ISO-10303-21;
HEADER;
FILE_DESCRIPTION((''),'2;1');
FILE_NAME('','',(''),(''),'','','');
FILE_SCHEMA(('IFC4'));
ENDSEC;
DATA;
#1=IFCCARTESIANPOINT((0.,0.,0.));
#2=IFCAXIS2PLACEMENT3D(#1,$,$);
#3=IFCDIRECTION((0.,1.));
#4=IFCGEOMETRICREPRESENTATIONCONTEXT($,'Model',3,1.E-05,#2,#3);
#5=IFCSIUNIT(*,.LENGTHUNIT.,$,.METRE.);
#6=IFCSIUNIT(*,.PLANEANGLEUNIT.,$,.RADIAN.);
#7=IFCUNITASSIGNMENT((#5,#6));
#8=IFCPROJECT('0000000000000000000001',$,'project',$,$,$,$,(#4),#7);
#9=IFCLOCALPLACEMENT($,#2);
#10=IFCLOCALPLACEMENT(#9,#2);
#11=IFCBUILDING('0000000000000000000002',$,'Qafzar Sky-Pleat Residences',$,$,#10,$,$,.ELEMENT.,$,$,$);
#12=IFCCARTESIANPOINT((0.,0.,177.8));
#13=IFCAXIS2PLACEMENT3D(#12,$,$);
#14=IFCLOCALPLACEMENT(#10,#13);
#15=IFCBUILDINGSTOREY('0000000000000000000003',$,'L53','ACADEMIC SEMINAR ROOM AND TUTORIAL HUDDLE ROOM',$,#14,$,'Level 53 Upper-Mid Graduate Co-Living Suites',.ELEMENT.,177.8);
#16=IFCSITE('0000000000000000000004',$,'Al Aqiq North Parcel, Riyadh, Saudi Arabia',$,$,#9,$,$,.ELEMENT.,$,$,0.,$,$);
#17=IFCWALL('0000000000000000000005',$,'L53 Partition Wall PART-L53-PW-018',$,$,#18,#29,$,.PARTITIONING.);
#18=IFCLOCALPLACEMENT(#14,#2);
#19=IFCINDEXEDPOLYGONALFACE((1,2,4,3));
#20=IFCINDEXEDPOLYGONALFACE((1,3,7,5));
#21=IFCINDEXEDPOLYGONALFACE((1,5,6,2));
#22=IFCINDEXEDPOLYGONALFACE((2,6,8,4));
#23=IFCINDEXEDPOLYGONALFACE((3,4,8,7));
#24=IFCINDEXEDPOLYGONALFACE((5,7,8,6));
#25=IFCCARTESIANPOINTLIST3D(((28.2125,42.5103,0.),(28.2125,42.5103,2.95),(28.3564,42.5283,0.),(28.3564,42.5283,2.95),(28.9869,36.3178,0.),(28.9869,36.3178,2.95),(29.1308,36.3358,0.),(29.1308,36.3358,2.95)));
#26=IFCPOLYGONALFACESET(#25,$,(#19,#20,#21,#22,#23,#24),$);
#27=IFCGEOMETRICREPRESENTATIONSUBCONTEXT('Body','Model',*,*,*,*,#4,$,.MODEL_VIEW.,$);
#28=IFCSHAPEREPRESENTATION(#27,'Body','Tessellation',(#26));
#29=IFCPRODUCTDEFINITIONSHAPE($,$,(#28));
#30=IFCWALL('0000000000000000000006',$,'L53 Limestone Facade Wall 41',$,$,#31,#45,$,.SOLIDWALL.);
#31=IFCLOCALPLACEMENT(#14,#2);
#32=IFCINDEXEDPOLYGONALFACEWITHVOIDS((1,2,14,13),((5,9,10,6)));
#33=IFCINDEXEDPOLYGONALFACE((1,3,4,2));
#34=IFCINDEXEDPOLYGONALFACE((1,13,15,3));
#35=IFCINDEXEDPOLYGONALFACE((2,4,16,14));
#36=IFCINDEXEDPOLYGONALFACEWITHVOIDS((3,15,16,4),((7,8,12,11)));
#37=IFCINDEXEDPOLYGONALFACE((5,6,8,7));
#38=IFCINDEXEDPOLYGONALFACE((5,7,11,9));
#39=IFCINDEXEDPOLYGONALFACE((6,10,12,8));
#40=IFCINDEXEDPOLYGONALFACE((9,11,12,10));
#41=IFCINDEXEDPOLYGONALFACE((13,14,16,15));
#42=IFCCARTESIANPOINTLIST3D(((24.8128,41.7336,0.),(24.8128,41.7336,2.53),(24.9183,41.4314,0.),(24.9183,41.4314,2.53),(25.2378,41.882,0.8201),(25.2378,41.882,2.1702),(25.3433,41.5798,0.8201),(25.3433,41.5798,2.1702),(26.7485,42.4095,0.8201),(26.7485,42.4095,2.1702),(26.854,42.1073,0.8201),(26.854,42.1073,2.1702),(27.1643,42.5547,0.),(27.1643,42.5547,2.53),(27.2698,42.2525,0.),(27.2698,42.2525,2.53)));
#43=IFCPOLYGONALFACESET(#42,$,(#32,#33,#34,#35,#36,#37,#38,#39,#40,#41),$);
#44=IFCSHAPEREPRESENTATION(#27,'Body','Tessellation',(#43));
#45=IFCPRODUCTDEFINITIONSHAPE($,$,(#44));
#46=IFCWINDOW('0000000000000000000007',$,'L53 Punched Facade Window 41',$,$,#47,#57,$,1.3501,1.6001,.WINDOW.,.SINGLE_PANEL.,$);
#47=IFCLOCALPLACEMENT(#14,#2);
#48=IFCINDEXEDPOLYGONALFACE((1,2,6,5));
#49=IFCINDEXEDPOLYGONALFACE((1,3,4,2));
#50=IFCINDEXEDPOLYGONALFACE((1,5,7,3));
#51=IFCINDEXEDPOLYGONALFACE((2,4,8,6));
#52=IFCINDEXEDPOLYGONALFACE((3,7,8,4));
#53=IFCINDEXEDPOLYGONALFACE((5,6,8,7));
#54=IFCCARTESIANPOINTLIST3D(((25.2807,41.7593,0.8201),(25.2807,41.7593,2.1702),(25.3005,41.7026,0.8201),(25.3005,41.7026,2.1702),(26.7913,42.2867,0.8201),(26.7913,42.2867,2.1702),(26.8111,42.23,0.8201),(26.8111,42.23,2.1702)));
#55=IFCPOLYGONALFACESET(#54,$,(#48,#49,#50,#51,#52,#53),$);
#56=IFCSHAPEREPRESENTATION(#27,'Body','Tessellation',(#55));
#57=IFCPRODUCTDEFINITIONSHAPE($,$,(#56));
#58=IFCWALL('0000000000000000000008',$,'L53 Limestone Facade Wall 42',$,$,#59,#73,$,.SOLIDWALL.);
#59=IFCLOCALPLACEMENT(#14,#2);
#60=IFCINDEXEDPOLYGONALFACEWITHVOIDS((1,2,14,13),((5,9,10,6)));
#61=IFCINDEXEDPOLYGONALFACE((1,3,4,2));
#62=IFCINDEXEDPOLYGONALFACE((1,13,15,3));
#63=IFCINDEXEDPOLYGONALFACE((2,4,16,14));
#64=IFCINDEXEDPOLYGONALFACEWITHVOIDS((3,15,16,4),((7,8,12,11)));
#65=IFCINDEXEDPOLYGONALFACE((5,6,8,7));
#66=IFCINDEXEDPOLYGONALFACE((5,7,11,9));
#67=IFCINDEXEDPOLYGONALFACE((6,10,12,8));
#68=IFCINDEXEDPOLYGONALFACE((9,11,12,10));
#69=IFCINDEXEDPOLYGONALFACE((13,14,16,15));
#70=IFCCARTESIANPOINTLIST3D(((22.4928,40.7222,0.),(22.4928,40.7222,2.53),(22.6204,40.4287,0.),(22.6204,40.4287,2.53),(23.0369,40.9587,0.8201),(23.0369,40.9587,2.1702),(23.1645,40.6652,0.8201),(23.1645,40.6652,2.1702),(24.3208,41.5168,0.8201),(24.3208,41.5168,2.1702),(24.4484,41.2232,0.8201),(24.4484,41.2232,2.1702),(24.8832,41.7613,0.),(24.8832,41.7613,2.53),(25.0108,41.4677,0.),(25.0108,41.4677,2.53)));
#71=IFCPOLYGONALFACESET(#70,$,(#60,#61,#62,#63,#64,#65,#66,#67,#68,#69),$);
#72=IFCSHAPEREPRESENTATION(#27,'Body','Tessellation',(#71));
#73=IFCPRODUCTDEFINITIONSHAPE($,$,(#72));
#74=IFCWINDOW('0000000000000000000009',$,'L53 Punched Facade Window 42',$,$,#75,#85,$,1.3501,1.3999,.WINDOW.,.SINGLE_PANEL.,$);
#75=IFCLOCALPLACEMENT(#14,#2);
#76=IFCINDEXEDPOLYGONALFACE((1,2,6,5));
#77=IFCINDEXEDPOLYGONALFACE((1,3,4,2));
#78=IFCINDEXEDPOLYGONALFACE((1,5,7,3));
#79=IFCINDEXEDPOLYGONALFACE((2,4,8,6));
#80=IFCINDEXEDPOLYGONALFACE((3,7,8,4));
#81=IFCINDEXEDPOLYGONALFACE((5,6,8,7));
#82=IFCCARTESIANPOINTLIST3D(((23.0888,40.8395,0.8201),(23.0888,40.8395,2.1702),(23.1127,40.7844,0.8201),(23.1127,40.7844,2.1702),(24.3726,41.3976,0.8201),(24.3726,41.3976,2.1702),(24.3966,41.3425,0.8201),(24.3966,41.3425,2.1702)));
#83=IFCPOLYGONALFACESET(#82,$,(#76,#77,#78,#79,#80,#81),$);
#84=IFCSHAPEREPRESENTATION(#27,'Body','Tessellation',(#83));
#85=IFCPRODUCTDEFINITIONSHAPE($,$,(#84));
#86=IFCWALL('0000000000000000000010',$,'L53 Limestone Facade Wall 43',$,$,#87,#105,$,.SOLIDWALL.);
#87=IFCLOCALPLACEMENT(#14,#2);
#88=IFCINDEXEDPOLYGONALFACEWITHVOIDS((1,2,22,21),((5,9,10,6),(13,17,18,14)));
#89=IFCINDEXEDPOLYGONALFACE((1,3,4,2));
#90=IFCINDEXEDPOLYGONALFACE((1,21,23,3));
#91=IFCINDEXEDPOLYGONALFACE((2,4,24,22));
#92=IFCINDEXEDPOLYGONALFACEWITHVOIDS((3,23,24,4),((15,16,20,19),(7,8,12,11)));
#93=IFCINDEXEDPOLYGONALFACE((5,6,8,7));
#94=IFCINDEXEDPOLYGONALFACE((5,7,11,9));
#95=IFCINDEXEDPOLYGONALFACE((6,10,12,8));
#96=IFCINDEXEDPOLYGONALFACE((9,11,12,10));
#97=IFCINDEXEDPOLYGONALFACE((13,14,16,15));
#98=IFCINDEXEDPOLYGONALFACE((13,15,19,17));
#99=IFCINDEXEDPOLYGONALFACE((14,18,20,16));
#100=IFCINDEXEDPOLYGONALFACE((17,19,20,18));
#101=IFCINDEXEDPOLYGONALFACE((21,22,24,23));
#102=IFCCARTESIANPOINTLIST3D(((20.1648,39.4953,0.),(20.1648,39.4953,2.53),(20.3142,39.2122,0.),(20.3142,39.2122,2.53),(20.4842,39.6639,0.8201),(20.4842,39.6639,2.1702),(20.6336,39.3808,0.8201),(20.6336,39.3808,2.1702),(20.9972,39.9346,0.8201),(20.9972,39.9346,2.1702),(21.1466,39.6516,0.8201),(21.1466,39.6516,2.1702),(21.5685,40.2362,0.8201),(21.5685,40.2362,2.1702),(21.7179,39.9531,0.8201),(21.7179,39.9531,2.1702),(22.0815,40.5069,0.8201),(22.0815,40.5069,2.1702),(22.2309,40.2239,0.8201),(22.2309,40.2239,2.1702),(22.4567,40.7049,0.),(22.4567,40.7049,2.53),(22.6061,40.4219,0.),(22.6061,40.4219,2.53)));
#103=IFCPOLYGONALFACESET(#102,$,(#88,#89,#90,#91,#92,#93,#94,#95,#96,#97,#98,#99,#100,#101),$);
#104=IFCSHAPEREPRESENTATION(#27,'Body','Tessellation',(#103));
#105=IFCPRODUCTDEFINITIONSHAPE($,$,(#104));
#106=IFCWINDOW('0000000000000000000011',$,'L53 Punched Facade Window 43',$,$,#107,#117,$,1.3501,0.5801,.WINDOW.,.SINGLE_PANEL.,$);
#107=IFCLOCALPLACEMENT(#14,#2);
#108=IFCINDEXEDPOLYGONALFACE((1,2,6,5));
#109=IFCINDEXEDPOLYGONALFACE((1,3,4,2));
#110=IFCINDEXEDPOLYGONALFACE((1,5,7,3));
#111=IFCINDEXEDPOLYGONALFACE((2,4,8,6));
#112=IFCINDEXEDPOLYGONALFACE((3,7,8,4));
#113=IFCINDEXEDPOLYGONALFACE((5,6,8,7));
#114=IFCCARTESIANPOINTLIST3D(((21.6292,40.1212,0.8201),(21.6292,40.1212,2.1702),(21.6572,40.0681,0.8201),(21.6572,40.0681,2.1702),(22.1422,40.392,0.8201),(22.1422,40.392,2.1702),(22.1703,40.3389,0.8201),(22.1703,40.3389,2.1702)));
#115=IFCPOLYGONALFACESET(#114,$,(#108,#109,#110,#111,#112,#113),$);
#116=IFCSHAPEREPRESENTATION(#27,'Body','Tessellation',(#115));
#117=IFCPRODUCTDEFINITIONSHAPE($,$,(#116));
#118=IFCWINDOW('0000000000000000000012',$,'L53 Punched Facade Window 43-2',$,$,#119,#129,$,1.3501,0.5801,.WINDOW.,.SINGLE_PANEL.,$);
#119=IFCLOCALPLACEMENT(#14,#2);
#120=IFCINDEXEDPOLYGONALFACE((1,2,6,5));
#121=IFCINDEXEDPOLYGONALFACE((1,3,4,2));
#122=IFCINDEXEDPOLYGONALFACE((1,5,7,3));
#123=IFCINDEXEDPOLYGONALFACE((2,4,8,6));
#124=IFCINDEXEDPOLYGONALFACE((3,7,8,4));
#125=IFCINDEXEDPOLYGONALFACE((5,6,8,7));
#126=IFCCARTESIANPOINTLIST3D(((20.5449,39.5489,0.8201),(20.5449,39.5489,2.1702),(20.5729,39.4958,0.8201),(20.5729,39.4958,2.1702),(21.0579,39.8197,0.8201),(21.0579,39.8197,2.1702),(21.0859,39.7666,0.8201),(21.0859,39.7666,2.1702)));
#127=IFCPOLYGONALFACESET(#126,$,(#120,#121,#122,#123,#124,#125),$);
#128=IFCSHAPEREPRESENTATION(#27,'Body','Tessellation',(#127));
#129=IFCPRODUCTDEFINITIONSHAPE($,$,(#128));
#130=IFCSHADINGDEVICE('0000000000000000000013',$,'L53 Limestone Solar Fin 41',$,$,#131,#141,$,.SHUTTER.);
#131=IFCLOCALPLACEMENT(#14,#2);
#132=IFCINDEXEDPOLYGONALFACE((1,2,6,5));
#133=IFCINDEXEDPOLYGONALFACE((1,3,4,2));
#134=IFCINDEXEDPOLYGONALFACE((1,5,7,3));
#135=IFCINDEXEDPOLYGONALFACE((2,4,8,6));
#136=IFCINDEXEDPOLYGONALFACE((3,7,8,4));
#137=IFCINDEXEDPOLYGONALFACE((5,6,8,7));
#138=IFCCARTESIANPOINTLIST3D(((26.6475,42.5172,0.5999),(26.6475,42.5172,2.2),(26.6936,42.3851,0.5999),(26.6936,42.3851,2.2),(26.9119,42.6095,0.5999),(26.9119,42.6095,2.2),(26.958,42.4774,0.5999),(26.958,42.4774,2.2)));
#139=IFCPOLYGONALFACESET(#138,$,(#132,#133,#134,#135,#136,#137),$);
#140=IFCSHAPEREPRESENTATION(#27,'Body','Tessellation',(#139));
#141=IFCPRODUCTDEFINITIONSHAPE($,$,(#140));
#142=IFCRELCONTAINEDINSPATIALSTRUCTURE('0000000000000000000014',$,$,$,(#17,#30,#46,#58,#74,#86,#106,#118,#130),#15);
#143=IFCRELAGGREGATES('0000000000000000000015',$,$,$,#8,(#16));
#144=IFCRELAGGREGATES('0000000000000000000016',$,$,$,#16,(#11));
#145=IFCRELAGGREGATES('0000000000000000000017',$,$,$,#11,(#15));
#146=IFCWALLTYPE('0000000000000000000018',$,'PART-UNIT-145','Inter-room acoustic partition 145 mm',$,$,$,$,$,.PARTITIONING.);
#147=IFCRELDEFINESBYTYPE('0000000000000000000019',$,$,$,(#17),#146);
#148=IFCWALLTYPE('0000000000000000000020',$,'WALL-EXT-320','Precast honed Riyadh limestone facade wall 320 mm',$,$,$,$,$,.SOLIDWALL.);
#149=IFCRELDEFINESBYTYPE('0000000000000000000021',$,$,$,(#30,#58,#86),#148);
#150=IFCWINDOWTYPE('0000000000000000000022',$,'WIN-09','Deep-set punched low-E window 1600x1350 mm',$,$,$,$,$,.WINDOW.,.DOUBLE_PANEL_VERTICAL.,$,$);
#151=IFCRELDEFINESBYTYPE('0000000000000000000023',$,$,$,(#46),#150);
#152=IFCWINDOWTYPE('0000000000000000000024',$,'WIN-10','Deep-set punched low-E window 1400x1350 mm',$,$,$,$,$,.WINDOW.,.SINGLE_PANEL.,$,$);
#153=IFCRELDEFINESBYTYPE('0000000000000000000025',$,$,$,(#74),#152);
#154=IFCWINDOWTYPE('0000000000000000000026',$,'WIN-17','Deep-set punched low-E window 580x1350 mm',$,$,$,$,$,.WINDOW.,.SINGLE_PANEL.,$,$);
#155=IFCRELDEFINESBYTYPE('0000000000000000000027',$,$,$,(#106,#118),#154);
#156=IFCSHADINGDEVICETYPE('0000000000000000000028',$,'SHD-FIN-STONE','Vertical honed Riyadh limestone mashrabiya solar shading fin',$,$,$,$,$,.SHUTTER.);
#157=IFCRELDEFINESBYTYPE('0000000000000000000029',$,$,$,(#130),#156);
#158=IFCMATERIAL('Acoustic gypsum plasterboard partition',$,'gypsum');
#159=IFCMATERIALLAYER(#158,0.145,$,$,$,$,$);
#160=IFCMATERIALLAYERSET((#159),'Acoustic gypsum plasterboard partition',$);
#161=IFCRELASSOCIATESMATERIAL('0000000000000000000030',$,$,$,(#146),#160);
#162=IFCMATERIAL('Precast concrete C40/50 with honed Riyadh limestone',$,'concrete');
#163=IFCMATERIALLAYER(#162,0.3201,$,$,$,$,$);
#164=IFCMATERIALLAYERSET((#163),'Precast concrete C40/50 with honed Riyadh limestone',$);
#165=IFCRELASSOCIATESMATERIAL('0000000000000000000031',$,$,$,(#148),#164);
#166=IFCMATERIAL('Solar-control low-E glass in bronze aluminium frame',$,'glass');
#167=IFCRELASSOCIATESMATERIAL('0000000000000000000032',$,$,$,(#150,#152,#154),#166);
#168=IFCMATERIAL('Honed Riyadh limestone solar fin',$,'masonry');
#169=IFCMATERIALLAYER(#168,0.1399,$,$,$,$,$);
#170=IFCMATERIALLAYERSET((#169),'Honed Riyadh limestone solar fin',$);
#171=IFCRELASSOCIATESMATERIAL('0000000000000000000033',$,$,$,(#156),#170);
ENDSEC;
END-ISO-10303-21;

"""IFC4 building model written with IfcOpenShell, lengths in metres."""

from ifc_helpers import new_model, si_unit, direction, frame, frame_2d, origin, origin_2d, place, context, subcontext, project, spatial, rectangle, extrude, source, transform, mapped, material, layer, layer_set, type_object, element, fill, save


model = new_model("IFC4")

# Units and contexts
model_context = context("Model", 3, precision=1e-05, world=origin(), true_north=direction((0.0, 1.0)))
body_context = subcontext(model_context, "Body", "Model", "MODEL_VIEW")
ifc_project = project(units=[si_unit("LENGTHUNIT", "METRE"), si_unit("PLANEANGLEUNIT", "RADIAN")], contexts=[model_context])

# Site, building, storey
site_placement = place(None, origin())
site = spatial("IfcSite", under=ifc_project, at=site_placement, Name="Al Aqiq North Parcel, Riyadh, Saudi Arabia", CompositionType="ELEMENT", RefElevation=0.0)
building_placement = place(site_placement, origin())
building = spatial("IfcBuilding", under=site, at=building_placement, Name="Qafzar Sky-Pleat Residences", CompositionType="ELEMENT")
storey_placement = place(building_placement, frame((0.0, 0.0, 177.8)))
storey = spatial("IfcBuildingStorey", under=building, at=storey_placement, Name="L53", Description="ACADEMIC SEMINAR ROOM AND TUTORIAL HUDDLE ROOM", LongName="Level 53 Upper-Mid Graduate Co-Living Suites", CompositionType="ELEMENT", Elevation=177.8)

# Wall
ifc_material_1 = material(Name="Acoustic gypsum plasterboard partition", Category="gypsum")
ifc_layer_1 = layer(ifc_material_1, 0.145)
ifc_layer_set_1 = layer_set([ifc_layer_1], Name="Acoustic gypsum plasterboard partition")
wall_type_1 = type_object("IfcWallType", Name="PART-UNIT-145", Description="Inter-room acoustic partition 145 mm", PredefinedType="PARTITIONING", material=ifc_layer_set_1)
wall_1_placement = place(storey_placement, frame((28.2844, 42.5193, 0.0), z_axis=(0.0, 0.0, 1.0), x_axis=(0.124093, -0.992271, 0.0)))
element("IfcWall", 1, at=wall_1_placement, inside=storey, type_object=wall_type_1, Name="L53 Partition Wall PART-L53-PW-018", PredefinedType="PARTITIONING", context=body_context, shape_type="SweptSolid", body=[
    extrude(rectangle(XDim=6.2407, YDim=0.145, at=frame_2d((3.1204, 0.0))), origin(), (0.0, 0.0, 1.0), 2.95),
])

# Walls, openings, windows
ifc_material_2 = material(Name="Precast concrete C40/50 with honed Riyadh limestone", Category="concrete")
ifc_layer_2 = layer(ifc_material_2, 0.3201)
ifc_layer_set_2 = layer_set([ifc_layer_2], Name="Precast concrete C40/50 with honed Riyadh limestone")
wall_type_2 = type_object("IfcWallType", Name="WALL-EXT-320", Description="Precast honed Riyadh limestone facade wall 320 mm", PredefinedType="SOLIDWALL", material=ifc_layer_set_2)
wall_2_placement = place(storey_placement, frame((27.217, 42.4036, 0.0), z_axis=(0.0, 0.0, 1.0), x_axis=(-0.944109, -0.329634, 0.0)))
wall_2 = element("IfcWall", 2, at=wall_2_placement, inside=storey, type_object=wall_type_2, Name="L53 Limestone Facade Wall 41", PredefinedType="SOLIDWALL", context=body_context, shape_type="SweptSolid", body=[
    extrude(rectangle(XDim=2.4907, YDim=0.3201, at=frame_2d((1.2454, 0.0))), origin(), (0.0, 0.0, 1.0), 2.53),
])
opening_1_placement = place(wall_2_placement, frame((0.4404, 0.0, 0.8201)))
opening_1 = element("IfcOpeningElement", 3, at=opening_1_placement, cuts=wall_2, PredefinedType="OPENING", context=body_context, shape_type="SweptSolid", body=[
    extrude(rectangle(XDim=1.6001, YDim=1.3501, at=frame_2d((0.8, 0.675))), frame((0.0, 0.1699, 0.0), z_axis=(0.0, -1.0, 0.0), x_axis=(1.0, 0.0, 0.0)), (0.0, 0.0, 1.0), 0.3401),
])
ifc_material_3 = material(Name="Solar-control low-E glass in bronze aluminium frame", Category="glass")
window_type_1 = type_object("IfcWindowType", Name="WIN-09", Description="Deep-set punched low-E window 1600x1350 mm", PartitioningType="DOUBLE_PANEL_VERTICAL", PredefinedType="WINDOW", material=ifc_material_3)
shared_shape_1 = source(origin(), body_context, "Body", "SweptSolid", [
    extrude(rectangle(XDim=1.6001, YDim=1.3501, at=frame_2d((0.8, 0.675))), frame((0.0, 0.03, 0.0), z_axis=(0.0, -1.0, 0.0), x_axis=(1.0, 0.0, 0.0)), (0.0, 0.0, 1.0), 0.0601),
])
window_1_placement = place(opening_1_placement, origin())
window_1 = element("IfcWindow", 4, at=window_1_placement, inside=storey, type_object=window_type_1, Name="L53 Punched Facade Window 41", OverallHeight=1.3501, OverallWidth=1.6001, PartitioningType="SINGLE_PANEL", PredefinedType="WINDOW", context=body_context, shape_type="MappedRepresentation", body=[
    mapped(shared_shape_1, transform((0.0, 0.0, 0.0), x_axis=(1.0, 0.0, 0.0), y_axis=(0.0, 1.0, 0.0), z_axis=(0.0, 0.0, 1.0), scale=1.0)),
])
fill(opening_1, window_1)
wall_3_placement = place(storey_placement, frame((24.947, 41.6145, 0.0), z_axis=(0.0, 0.0, 1.0), x_axis=(-0.917103, -0.398651, 0.0)))
wall_3 = element("IfcWall", 5, at=wall_3_placement, inside=storey, type_object=wall_type_2, Name="L53 Limestone Facade Wall 42", PredefinedType="SOLIDWALL", context=body_context, shape_type="SweptSolid", body=[
    extrude(rectangle(XDim=2.6064, YDim=0.3201, at=frame_2d((1.3032, 0.0))), origin(), (0.0, 0.0, 1.0), 2.53),
])
opening_2_placement = place(wall_3_placement, frame((0.6133, 0.0, 0.8201)))
opening_2 = element("IfcOpeningElement", 6, at=opening_2_placement, cuts=wall_3, PredefinedType="OPENING", context=body_context, shape_type="SweptSolid", body=[
    extrude(rectangle(XDim=1.3999, YDim=1.3501, at=frame_2d((0.7, 0.675))), frame((0.0, 0.1699, 0.0), z_axis=(0.0, -1.0, 0.0), x_axis=(1.0, 0.0, 0.0)), (0.0, 0.0, 1.0), 0.3401),
])
window_type_2 = type_object("IfcWindowType", Name="WIN-10", Description="Deep-set punched low-E window 1400x1350 mm", PartitioningType="SINGLE_PANEL", PredefinedType="WINDOW", material=ifc_material_3)
shared_shape_2 = source(origin(), body_context, "Body", "SweptSolid", [
    extrude(rectangle(XDim=1.3999, YDim=1.3501, at=frame_2d((0.7, 0.675))), frame((0.0, 0.03, 0.0), z_axis=(0.0, -1.0, 0.0), x_axis=(1.0, 0.0, 0.0)), (0.0, 0.0, 1.0), 0.0601),
])
window_2_placement = place(opening_2_placement, origin())
window_2 = element("IfcWindow", 7, at=window_2_placement, inside=storey, type_object=window_type_2, Name="L53 Punched Facade Window 42", OverallHeight=1.3501, OverallWidth=1.3999, PartitioningType="SINGLE_PANEL", PredefinedType="WINDOW", context=body_context, shape_type="MappedRepresentation", body=[
    mapped(shared_shape_2, transform((0.0, 0.0, 0.0), x_axis=(1.0, 0.0, 0.0), y_axis=(0.0, 1.0, 0.0), z_axis=(0.0, 0.0, 1.0), scale=1.0)),
])
fill(opening_2, window_2)

# Wall, openings, windows
wall_4_placement = place(storey_placement, frame((22.5315, 40.5635, 0.0), z_axis=(0.0, 0.0, 1.0), x_axis=(-0.884376, -0.466775, 0.0)))
wall_4 = element("IfcWall", 8, at=wall_4_placement, inside=storey, type_object=wall_type_2, Name="L53 Limestone Facade Wall 43", PredefinedType="SOLIDWALL", context=body_context, shape_type="SweptSolid", body=[
    extrude(rectangle(XDim=2.5916, YDim=0.3201, at=frame_2d((1.2959, 0.0))), origin(), (0.0, 0.0, 1.0), 2.53),
])
opening_3_placement = place(wall_4_placement, frame((0.4243, 0.0, 0.8201)))
opening_3 = element("IfcOpeningElement", 9, at=opening_3_placement, cuts=wall_4, PredefinedType="OPENING", context=body_context, shape_type="SweptSolid", body=[
    extrude(rectangle(XDim=0.5801, YDim=1.3501, at=frame_2d((0.29, 0.675))), frame((0.0, 0.1699, 0.0), z_axis=(0.0, -1.0, 0.0), x_axis=(1.0, 0.0, 0.0)), (0.0, 0.0, 1.0), 0.3401),
])
opening_4_placement = place(wall_4_placement, frame((1.6504, 0.0, 0.8201)))
opening_4 = element("IfcOpeningElement", 10, at=opening_4_placement, cuts=wall_4, PredefinedType="OPENING", context=body_context, shape_type="SweptSolid", body=[
    extrude(rectangle(XDim=0.5801, YDim=1.3501, at=frame_2d((0.29, 0.675))), frame((0.0, 0.1699, 0.0), z_axis=(0.0, -1.0, 0.0), x_axis=(1.0, 0.0, 0.0)), (0.0, 0.0, 1.0), 0.3401),
])
window_type_3 = type_object("IfcWindowType", Name="WIN-17", Description="Deep-set punched low-E window 580x1350 mm", PartitioningType="SINGLE_PANEL", PredefinedType="WINDOW", material=ifc_material_3)
shared_shape_3 = source(origin(), body_context, "Body", "SweptSolid", [
    extrude(rectangle(XDim=0.5801, YDim=1.3501, at=frame_2d((0.29, 0.675))), frame((0.0, 0.03, 0.0), z_axis=(0.0, -1.0, 0.0), x_axis=(1.0, 0.0, 0.0)), (0.0, 0.0, 1.0), 0.0601),
])
window_3_placement = place(opening_3_placement, origin())
window_3 = element("IfcWindow", 11, at=window_3_placement, inside=storey, type_object=window_type_3, Name="L53 Punched Facade Window 43", OverallHeight=1.3501, OverallWidth=0.5801, PartitioningType="SINGLE_PANEL", PredefinedType="WINDOW", context=body_context, shape_type="MappedRepresentation", body=[
    mapped(shared_shape_3, transform((0.0, 0.0, 0.0), x_axis=(1.0, 0.0, 0.0), y_axis=(0.0, 1.0, 0.0), z_axis=(0.0, 0.0, 1.0), scale=1.0)),
])
fill(opening_3, window_3)
window_4_placement = place(opening_4_placement, origin())
window_4 = element("IfcWindow", 12, at=window_4_placement, inside=storey, type_object=window_type_3, Name="L53 Punched Facade Window 43-2", OverallHeight=1.3501, OverallWidth=0.5801, PartitioningType="SINGLE_PANEL", PredefinedType="WINDOW", context=body_context, shape_type="MappedRepresentation", body=[
    mapped(shared_shape_3, transform((0.0, 0.0, 0.0), x_axis=(1.0, 0.0, 0.0), y_axis=(0.0, 1.0, 0.0), z_axis=(0.0, 0.0, 1.0), scale=1.0)),
])
fill(opening_4, window_4)

# Shading device
ifc_material_4 = material(Name="Honed Riyadh limestone solar fin", Category="masonry")
ifc_layer_3 = layer(ifc_material_4, 0.1399)
ifc_layer_set_3 = layer_set([ifc_layer_3], Name="Honed Riyadh limestone solar fin")
shading_device_type = type_object("IfcShadingDeviceType", Name="SHD-FIN-STONE", Description="Vertical honed Riyadh limestone mashrabiya solar shading fin", PredefinedType="SHUTTER", material=ifc_layer_set_3)
shared_shape_4 = source(origin(), body_context, "Body", "SweptSolid", [
    extrude(rectangle(XDim=0.1399, YDim=0.28, at=origin_2d()), origin(), (0.0, 0.0, 1.0), 1.6001),
])
shading_device_placement = place(storey_placement, frame((26.8027, 42.4973, 0.5999), z_axis=(0.0, 0.0, 1.0), x_axis=(-0.329581, 0.944127, 0.0)))
element("IfcShadingDevice", 13, at=shading_device_placement, inside=storey, type_object=shading_device_type, Name="L53 Limestone Solar Fin 41", PredefinedType="SHUTTER", context=body_context, shape_type="MappedRepresentation", body=[
    mapped(shared_shape_4, transform((0.0, 0.0, 0.0), x_axis=(1.0, 0.0, 0.0), y_axis=(0.0, 1.0, 0.0), z_axis=(0.0, 0.0, 1.0), scale=1.0)),
])

save(model, "model.ifc")
